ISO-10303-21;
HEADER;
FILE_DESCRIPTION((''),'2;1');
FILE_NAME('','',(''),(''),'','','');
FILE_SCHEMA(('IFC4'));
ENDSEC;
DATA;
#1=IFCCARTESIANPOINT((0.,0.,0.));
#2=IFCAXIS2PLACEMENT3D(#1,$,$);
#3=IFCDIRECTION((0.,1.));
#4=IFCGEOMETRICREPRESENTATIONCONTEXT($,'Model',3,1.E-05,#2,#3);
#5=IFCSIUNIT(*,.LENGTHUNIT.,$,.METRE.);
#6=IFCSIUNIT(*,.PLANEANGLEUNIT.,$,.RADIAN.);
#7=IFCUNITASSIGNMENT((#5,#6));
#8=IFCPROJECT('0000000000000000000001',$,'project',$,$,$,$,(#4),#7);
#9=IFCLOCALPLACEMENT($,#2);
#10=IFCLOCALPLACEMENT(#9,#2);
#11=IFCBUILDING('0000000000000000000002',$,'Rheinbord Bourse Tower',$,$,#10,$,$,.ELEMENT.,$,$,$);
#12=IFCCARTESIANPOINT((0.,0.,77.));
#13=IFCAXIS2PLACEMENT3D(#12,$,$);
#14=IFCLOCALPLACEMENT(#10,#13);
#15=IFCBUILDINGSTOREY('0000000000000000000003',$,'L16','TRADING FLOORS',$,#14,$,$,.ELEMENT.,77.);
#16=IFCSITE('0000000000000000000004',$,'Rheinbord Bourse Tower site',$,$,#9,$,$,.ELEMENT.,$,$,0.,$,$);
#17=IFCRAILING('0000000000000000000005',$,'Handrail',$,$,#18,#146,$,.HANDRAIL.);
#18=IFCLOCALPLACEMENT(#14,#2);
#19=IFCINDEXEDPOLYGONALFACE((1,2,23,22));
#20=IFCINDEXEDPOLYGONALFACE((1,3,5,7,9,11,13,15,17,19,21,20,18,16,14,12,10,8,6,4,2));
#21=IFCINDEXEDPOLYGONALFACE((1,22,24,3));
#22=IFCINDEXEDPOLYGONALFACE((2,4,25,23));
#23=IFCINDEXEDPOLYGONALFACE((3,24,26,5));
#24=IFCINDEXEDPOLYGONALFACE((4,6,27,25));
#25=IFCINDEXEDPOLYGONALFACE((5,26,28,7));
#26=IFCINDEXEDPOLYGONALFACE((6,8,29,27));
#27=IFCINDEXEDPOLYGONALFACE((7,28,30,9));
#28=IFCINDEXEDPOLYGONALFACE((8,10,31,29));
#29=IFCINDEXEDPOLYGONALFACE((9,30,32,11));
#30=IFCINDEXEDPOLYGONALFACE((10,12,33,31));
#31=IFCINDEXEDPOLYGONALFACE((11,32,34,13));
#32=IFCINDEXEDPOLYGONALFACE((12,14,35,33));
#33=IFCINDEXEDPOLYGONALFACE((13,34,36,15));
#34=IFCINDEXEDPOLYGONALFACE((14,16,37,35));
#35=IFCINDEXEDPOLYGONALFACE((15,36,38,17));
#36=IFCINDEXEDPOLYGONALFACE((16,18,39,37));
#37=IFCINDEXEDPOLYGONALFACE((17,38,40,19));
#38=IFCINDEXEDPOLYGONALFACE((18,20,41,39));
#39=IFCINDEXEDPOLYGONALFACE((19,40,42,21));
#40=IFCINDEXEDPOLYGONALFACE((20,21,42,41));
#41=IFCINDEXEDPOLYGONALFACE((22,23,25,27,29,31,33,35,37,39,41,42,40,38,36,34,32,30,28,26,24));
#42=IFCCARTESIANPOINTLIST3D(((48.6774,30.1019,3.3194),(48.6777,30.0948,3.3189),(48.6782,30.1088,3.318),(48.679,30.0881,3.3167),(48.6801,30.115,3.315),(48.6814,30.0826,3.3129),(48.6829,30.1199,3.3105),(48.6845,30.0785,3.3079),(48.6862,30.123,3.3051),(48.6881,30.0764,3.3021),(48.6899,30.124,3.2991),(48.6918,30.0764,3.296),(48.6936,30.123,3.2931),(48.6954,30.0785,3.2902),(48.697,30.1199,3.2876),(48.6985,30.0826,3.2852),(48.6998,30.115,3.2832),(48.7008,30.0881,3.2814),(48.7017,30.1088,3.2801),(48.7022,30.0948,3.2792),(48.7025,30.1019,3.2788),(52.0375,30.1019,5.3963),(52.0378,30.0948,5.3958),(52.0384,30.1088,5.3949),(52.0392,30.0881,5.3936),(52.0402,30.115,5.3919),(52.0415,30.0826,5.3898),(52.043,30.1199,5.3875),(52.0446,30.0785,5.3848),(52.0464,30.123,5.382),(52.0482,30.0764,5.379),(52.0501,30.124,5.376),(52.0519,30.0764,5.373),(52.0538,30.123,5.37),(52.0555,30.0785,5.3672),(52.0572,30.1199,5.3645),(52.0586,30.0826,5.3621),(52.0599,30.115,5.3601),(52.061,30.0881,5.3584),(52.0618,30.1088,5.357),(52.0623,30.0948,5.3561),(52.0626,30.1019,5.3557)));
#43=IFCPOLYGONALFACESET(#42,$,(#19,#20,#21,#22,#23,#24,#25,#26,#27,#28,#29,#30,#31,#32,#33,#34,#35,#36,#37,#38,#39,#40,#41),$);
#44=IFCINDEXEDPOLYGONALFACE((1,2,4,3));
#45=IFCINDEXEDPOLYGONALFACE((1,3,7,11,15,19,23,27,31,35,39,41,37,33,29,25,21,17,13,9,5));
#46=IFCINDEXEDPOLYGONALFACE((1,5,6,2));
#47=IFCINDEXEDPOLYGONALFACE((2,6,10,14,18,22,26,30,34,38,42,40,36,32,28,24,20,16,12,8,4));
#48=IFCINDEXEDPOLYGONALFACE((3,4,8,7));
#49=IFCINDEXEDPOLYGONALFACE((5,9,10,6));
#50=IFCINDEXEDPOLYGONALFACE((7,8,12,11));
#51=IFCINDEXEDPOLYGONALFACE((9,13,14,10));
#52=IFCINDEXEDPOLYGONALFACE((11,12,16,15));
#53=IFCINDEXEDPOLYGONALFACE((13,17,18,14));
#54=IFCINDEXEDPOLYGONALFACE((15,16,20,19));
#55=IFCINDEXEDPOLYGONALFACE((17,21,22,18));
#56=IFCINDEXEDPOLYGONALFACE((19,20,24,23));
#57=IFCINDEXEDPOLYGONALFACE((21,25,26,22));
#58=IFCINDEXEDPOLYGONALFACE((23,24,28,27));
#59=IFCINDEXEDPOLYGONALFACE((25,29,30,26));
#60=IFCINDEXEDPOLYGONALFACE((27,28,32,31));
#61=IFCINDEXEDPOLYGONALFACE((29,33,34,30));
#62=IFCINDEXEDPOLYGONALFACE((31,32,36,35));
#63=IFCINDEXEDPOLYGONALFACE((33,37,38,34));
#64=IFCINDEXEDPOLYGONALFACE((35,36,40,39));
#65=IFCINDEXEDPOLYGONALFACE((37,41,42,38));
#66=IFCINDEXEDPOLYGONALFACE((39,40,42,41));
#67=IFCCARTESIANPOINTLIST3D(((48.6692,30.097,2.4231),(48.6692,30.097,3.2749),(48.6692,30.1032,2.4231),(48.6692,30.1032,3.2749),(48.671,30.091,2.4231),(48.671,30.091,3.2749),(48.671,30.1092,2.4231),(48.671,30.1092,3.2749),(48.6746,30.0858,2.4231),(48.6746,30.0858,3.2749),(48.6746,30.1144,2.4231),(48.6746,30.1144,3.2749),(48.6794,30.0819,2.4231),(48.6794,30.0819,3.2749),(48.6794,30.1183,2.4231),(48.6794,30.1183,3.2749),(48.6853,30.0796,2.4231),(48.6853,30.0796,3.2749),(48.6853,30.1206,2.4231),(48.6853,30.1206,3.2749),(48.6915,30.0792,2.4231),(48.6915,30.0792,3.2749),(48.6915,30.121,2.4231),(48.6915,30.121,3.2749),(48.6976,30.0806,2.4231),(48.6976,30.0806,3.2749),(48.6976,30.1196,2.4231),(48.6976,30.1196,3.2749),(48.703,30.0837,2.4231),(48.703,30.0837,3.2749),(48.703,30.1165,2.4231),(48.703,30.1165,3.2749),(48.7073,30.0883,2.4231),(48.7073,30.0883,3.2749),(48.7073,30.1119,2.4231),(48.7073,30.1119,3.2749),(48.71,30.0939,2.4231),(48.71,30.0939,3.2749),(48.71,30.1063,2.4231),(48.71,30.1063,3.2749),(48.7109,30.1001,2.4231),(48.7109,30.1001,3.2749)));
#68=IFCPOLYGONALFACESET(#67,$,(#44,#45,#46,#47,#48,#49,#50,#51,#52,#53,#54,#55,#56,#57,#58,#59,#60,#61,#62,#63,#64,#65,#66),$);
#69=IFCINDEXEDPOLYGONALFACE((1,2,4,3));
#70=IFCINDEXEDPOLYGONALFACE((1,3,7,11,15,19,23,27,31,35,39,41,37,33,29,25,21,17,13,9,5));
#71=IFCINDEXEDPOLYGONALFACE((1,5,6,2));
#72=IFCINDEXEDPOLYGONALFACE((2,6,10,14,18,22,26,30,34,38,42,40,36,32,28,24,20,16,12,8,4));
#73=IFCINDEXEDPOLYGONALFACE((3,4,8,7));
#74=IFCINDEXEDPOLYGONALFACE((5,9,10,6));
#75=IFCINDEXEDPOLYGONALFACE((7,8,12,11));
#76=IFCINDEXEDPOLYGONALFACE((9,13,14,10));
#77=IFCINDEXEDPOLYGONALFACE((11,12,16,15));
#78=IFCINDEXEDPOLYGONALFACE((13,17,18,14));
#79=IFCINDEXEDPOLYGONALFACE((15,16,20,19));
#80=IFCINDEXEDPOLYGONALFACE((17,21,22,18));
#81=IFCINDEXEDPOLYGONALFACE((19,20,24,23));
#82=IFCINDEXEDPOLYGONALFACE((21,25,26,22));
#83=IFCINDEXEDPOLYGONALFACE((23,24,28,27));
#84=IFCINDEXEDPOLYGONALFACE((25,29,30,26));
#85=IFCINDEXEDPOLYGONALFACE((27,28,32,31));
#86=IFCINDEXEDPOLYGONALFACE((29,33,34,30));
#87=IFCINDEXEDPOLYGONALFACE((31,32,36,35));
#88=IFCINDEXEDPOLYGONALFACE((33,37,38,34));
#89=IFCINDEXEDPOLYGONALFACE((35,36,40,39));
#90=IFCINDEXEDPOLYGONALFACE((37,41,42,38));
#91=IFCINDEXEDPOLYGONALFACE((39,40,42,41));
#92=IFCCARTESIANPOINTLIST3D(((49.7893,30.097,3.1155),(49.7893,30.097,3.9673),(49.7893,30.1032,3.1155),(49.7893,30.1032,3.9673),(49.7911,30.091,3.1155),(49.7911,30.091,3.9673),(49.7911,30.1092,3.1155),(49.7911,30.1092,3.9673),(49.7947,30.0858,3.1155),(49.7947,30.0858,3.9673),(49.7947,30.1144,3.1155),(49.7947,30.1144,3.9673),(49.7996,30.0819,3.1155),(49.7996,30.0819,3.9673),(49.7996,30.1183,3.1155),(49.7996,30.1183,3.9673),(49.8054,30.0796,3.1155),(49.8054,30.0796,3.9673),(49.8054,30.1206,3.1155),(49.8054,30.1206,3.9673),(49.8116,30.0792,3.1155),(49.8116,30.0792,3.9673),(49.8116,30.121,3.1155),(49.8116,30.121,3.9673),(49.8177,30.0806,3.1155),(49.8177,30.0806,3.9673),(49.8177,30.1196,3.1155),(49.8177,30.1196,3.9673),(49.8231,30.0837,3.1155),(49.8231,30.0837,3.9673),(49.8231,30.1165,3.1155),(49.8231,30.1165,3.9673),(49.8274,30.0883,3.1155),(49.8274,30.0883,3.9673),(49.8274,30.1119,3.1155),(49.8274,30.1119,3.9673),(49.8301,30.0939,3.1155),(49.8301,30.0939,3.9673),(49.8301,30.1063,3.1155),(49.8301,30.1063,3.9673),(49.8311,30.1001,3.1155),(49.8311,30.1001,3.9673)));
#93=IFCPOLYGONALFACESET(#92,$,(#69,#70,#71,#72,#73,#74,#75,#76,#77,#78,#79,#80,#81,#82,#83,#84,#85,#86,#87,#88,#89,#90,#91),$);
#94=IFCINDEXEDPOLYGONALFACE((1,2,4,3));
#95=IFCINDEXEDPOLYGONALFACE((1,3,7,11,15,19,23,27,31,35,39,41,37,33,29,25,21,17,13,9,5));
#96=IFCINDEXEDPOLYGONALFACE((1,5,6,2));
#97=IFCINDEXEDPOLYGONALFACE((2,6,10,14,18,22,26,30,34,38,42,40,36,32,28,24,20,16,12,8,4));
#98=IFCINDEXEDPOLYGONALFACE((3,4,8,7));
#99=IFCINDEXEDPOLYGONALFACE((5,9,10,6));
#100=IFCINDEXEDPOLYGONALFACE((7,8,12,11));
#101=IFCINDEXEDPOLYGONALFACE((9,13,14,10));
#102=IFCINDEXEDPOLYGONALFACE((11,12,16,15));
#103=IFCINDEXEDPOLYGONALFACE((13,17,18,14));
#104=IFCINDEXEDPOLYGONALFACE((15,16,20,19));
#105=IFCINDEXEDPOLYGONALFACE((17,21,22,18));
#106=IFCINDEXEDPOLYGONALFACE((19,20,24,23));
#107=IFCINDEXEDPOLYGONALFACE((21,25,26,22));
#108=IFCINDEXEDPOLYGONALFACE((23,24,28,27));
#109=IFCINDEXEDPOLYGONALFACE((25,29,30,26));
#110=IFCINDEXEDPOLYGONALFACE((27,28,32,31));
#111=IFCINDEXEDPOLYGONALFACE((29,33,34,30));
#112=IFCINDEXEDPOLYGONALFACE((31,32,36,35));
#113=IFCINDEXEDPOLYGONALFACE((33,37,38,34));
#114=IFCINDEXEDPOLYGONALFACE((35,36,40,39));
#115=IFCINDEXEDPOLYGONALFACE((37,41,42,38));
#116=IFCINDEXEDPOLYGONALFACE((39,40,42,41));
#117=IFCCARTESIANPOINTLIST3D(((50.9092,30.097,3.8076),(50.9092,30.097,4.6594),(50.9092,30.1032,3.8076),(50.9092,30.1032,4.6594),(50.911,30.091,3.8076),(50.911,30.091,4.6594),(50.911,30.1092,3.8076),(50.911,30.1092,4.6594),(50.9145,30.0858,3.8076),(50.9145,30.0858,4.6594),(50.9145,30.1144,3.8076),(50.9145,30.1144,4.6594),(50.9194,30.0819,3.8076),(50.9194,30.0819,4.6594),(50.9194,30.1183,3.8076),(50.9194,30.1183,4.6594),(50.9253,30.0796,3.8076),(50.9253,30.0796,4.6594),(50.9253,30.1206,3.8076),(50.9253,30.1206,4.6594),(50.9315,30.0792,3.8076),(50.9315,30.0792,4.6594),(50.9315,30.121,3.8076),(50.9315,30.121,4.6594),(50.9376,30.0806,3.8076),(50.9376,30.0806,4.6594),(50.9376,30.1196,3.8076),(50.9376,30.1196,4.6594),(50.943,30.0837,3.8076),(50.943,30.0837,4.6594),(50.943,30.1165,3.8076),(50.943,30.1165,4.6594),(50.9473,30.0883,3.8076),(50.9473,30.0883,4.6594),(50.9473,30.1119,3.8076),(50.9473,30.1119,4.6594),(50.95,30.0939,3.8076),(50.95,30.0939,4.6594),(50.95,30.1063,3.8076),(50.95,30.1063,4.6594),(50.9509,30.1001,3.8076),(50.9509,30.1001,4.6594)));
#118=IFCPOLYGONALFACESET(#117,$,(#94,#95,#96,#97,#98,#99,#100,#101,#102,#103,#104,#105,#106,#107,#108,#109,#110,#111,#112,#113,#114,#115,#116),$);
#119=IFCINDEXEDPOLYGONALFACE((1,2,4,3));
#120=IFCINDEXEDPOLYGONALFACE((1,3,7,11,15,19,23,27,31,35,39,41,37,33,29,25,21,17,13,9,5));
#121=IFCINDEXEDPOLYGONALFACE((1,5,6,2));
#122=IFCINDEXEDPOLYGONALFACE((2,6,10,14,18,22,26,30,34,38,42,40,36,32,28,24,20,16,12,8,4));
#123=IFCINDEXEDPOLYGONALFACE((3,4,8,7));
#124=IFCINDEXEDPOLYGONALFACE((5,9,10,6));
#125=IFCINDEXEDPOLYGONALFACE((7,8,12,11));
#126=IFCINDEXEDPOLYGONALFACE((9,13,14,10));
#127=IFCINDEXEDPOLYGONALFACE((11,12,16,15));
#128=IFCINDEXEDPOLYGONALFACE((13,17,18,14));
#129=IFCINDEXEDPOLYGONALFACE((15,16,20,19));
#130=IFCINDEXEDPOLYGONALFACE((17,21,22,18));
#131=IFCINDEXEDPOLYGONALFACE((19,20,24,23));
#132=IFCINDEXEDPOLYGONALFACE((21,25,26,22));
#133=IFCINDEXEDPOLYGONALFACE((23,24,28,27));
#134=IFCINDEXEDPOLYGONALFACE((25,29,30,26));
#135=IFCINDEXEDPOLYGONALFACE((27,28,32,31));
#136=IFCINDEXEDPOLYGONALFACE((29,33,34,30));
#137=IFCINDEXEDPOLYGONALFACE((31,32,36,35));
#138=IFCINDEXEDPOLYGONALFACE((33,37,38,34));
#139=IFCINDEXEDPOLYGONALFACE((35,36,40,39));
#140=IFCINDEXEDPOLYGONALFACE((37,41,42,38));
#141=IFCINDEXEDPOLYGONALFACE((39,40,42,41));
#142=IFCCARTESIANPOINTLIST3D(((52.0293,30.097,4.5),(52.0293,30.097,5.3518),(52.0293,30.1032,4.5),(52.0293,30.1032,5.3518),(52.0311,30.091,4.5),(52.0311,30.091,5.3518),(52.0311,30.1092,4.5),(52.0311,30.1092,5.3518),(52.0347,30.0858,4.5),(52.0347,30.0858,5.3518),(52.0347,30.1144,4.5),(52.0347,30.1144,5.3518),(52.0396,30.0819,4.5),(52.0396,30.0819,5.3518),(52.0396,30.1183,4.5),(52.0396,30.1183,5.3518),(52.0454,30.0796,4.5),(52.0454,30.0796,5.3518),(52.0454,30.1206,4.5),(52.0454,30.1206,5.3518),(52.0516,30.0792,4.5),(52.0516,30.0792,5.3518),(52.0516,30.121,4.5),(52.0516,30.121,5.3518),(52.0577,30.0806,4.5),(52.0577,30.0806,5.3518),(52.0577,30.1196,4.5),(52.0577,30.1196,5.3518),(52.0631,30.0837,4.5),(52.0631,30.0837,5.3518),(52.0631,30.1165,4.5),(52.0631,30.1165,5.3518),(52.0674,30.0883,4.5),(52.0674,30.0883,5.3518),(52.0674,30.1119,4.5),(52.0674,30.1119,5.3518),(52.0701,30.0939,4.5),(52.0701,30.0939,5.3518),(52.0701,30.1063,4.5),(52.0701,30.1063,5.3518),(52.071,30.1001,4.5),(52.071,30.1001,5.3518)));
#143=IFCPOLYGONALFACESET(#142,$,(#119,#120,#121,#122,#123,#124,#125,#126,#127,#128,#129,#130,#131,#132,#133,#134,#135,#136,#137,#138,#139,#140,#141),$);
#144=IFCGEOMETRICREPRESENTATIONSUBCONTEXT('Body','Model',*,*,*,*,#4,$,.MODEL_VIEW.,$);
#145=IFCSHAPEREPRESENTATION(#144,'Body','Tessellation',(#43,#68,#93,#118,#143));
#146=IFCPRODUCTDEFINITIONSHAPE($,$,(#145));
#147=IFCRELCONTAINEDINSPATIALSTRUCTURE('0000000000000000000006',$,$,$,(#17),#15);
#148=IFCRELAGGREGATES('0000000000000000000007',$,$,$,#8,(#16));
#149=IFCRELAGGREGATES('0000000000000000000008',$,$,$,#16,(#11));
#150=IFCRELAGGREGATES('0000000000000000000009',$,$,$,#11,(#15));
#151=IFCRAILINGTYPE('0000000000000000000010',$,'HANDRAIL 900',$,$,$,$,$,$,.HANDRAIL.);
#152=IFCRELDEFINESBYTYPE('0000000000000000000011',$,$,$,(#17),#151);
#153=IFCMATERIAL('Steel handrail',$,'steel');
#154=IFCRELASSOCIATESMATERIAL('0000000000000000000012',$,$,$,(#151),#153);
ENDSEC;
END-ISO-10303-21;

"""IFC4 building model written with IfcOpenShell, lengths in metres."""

from ifc_helpers import new_model, si_unit, direction, frame, origin, origin_2d, place, context, subcontext, project, spatial, circle, extrude, material, type_object, element, save


model = new_model("IFC4")

# Units and contexts
model_context = context("Model", 3, precision=1e-05, world=origin(), true_north=direction((0.0, 1.0)))
body_context = subcontext(model_context, "Body", "Model", "MODEL_VIEW")
ifc_project = project(units=[si_unit("LENGTHUNIT", "METRE"), si_unit("PLANEANGLEUNIT", "RADIAN")], contexts=[model_context])

# Site, building, storey
site_placement = place(None, origin())
site = spatial("IfcSite", under=ifc_project, at=site_placement, Name="Rheinbord Bourse Tower site", CompositionType="ELEMENT", RefElevation=0.0)
building_placement = place(site_placement, origin())
building = spatial("IfcBuilding", under=site, at=building_placement, Name="Rheinbord Bourse Tower", CompositionType="ELEMENT")
storey_placement = place(building_placement, frame((0.0, 0.0, 77.0)))
storey = spatial("IfcBuildingStorey", under=building, at=storey_placement, Name="L16", Description="TRADING FLOORS", CompositionType="ELEMENT", Elevation=77.0)

# Railing
ifc_material_1 = material(Name="Steel handrail", Category="steel")
railing_type = type_object("IfcRailingType", Name="HANDRAIL 900", PredefinedType="HANDRAIL", material=ifc_material_1)
railing_1_placement = place(storey_placement, frame((48.6899, 30.1001, 2.4231)))
element("IfcRailing", 1, at=railing_1_placement, inside=storey, type_object=railing_type, Name="Handrail", PredefinedType="HANDRAIL", context=body_context, shape_type="SweptSolid", body=[
    extrude(circle(Radius=0.0239, at=origin_2d()), frame((0.0, 0.0, 0.876), z_axis=(0.850623, 0.0, 0.525776), x_axis=(0.0, 1.0, 0.0)), (0.0, 0.0, 1.0), 3.9502),
    extrude(circle(Radius=0.021, at=origin_2d()), origin(), (0.0, 0.0, 1.0), 0.8518),
    extrude(circle(Radius=0.021, at=origin_2d()), frame((1.1201, 0.0, 0.6924)), (0.0, 0.0, 1.0), 0.8518),
    extrude(circle(Radius=0.021, at=origin_2d()), frame((2.24, 0.0, 1.3845)), (0.0, 0.0, 1.0), 0.8518),
    extrude(circle(Radius=0.021, at=origin_2d()), frame((3.3601, 0.0, 2.0769)), (0.0, 0.0, 1.0), 0.8518),
])

save(model, "model.ifc")
